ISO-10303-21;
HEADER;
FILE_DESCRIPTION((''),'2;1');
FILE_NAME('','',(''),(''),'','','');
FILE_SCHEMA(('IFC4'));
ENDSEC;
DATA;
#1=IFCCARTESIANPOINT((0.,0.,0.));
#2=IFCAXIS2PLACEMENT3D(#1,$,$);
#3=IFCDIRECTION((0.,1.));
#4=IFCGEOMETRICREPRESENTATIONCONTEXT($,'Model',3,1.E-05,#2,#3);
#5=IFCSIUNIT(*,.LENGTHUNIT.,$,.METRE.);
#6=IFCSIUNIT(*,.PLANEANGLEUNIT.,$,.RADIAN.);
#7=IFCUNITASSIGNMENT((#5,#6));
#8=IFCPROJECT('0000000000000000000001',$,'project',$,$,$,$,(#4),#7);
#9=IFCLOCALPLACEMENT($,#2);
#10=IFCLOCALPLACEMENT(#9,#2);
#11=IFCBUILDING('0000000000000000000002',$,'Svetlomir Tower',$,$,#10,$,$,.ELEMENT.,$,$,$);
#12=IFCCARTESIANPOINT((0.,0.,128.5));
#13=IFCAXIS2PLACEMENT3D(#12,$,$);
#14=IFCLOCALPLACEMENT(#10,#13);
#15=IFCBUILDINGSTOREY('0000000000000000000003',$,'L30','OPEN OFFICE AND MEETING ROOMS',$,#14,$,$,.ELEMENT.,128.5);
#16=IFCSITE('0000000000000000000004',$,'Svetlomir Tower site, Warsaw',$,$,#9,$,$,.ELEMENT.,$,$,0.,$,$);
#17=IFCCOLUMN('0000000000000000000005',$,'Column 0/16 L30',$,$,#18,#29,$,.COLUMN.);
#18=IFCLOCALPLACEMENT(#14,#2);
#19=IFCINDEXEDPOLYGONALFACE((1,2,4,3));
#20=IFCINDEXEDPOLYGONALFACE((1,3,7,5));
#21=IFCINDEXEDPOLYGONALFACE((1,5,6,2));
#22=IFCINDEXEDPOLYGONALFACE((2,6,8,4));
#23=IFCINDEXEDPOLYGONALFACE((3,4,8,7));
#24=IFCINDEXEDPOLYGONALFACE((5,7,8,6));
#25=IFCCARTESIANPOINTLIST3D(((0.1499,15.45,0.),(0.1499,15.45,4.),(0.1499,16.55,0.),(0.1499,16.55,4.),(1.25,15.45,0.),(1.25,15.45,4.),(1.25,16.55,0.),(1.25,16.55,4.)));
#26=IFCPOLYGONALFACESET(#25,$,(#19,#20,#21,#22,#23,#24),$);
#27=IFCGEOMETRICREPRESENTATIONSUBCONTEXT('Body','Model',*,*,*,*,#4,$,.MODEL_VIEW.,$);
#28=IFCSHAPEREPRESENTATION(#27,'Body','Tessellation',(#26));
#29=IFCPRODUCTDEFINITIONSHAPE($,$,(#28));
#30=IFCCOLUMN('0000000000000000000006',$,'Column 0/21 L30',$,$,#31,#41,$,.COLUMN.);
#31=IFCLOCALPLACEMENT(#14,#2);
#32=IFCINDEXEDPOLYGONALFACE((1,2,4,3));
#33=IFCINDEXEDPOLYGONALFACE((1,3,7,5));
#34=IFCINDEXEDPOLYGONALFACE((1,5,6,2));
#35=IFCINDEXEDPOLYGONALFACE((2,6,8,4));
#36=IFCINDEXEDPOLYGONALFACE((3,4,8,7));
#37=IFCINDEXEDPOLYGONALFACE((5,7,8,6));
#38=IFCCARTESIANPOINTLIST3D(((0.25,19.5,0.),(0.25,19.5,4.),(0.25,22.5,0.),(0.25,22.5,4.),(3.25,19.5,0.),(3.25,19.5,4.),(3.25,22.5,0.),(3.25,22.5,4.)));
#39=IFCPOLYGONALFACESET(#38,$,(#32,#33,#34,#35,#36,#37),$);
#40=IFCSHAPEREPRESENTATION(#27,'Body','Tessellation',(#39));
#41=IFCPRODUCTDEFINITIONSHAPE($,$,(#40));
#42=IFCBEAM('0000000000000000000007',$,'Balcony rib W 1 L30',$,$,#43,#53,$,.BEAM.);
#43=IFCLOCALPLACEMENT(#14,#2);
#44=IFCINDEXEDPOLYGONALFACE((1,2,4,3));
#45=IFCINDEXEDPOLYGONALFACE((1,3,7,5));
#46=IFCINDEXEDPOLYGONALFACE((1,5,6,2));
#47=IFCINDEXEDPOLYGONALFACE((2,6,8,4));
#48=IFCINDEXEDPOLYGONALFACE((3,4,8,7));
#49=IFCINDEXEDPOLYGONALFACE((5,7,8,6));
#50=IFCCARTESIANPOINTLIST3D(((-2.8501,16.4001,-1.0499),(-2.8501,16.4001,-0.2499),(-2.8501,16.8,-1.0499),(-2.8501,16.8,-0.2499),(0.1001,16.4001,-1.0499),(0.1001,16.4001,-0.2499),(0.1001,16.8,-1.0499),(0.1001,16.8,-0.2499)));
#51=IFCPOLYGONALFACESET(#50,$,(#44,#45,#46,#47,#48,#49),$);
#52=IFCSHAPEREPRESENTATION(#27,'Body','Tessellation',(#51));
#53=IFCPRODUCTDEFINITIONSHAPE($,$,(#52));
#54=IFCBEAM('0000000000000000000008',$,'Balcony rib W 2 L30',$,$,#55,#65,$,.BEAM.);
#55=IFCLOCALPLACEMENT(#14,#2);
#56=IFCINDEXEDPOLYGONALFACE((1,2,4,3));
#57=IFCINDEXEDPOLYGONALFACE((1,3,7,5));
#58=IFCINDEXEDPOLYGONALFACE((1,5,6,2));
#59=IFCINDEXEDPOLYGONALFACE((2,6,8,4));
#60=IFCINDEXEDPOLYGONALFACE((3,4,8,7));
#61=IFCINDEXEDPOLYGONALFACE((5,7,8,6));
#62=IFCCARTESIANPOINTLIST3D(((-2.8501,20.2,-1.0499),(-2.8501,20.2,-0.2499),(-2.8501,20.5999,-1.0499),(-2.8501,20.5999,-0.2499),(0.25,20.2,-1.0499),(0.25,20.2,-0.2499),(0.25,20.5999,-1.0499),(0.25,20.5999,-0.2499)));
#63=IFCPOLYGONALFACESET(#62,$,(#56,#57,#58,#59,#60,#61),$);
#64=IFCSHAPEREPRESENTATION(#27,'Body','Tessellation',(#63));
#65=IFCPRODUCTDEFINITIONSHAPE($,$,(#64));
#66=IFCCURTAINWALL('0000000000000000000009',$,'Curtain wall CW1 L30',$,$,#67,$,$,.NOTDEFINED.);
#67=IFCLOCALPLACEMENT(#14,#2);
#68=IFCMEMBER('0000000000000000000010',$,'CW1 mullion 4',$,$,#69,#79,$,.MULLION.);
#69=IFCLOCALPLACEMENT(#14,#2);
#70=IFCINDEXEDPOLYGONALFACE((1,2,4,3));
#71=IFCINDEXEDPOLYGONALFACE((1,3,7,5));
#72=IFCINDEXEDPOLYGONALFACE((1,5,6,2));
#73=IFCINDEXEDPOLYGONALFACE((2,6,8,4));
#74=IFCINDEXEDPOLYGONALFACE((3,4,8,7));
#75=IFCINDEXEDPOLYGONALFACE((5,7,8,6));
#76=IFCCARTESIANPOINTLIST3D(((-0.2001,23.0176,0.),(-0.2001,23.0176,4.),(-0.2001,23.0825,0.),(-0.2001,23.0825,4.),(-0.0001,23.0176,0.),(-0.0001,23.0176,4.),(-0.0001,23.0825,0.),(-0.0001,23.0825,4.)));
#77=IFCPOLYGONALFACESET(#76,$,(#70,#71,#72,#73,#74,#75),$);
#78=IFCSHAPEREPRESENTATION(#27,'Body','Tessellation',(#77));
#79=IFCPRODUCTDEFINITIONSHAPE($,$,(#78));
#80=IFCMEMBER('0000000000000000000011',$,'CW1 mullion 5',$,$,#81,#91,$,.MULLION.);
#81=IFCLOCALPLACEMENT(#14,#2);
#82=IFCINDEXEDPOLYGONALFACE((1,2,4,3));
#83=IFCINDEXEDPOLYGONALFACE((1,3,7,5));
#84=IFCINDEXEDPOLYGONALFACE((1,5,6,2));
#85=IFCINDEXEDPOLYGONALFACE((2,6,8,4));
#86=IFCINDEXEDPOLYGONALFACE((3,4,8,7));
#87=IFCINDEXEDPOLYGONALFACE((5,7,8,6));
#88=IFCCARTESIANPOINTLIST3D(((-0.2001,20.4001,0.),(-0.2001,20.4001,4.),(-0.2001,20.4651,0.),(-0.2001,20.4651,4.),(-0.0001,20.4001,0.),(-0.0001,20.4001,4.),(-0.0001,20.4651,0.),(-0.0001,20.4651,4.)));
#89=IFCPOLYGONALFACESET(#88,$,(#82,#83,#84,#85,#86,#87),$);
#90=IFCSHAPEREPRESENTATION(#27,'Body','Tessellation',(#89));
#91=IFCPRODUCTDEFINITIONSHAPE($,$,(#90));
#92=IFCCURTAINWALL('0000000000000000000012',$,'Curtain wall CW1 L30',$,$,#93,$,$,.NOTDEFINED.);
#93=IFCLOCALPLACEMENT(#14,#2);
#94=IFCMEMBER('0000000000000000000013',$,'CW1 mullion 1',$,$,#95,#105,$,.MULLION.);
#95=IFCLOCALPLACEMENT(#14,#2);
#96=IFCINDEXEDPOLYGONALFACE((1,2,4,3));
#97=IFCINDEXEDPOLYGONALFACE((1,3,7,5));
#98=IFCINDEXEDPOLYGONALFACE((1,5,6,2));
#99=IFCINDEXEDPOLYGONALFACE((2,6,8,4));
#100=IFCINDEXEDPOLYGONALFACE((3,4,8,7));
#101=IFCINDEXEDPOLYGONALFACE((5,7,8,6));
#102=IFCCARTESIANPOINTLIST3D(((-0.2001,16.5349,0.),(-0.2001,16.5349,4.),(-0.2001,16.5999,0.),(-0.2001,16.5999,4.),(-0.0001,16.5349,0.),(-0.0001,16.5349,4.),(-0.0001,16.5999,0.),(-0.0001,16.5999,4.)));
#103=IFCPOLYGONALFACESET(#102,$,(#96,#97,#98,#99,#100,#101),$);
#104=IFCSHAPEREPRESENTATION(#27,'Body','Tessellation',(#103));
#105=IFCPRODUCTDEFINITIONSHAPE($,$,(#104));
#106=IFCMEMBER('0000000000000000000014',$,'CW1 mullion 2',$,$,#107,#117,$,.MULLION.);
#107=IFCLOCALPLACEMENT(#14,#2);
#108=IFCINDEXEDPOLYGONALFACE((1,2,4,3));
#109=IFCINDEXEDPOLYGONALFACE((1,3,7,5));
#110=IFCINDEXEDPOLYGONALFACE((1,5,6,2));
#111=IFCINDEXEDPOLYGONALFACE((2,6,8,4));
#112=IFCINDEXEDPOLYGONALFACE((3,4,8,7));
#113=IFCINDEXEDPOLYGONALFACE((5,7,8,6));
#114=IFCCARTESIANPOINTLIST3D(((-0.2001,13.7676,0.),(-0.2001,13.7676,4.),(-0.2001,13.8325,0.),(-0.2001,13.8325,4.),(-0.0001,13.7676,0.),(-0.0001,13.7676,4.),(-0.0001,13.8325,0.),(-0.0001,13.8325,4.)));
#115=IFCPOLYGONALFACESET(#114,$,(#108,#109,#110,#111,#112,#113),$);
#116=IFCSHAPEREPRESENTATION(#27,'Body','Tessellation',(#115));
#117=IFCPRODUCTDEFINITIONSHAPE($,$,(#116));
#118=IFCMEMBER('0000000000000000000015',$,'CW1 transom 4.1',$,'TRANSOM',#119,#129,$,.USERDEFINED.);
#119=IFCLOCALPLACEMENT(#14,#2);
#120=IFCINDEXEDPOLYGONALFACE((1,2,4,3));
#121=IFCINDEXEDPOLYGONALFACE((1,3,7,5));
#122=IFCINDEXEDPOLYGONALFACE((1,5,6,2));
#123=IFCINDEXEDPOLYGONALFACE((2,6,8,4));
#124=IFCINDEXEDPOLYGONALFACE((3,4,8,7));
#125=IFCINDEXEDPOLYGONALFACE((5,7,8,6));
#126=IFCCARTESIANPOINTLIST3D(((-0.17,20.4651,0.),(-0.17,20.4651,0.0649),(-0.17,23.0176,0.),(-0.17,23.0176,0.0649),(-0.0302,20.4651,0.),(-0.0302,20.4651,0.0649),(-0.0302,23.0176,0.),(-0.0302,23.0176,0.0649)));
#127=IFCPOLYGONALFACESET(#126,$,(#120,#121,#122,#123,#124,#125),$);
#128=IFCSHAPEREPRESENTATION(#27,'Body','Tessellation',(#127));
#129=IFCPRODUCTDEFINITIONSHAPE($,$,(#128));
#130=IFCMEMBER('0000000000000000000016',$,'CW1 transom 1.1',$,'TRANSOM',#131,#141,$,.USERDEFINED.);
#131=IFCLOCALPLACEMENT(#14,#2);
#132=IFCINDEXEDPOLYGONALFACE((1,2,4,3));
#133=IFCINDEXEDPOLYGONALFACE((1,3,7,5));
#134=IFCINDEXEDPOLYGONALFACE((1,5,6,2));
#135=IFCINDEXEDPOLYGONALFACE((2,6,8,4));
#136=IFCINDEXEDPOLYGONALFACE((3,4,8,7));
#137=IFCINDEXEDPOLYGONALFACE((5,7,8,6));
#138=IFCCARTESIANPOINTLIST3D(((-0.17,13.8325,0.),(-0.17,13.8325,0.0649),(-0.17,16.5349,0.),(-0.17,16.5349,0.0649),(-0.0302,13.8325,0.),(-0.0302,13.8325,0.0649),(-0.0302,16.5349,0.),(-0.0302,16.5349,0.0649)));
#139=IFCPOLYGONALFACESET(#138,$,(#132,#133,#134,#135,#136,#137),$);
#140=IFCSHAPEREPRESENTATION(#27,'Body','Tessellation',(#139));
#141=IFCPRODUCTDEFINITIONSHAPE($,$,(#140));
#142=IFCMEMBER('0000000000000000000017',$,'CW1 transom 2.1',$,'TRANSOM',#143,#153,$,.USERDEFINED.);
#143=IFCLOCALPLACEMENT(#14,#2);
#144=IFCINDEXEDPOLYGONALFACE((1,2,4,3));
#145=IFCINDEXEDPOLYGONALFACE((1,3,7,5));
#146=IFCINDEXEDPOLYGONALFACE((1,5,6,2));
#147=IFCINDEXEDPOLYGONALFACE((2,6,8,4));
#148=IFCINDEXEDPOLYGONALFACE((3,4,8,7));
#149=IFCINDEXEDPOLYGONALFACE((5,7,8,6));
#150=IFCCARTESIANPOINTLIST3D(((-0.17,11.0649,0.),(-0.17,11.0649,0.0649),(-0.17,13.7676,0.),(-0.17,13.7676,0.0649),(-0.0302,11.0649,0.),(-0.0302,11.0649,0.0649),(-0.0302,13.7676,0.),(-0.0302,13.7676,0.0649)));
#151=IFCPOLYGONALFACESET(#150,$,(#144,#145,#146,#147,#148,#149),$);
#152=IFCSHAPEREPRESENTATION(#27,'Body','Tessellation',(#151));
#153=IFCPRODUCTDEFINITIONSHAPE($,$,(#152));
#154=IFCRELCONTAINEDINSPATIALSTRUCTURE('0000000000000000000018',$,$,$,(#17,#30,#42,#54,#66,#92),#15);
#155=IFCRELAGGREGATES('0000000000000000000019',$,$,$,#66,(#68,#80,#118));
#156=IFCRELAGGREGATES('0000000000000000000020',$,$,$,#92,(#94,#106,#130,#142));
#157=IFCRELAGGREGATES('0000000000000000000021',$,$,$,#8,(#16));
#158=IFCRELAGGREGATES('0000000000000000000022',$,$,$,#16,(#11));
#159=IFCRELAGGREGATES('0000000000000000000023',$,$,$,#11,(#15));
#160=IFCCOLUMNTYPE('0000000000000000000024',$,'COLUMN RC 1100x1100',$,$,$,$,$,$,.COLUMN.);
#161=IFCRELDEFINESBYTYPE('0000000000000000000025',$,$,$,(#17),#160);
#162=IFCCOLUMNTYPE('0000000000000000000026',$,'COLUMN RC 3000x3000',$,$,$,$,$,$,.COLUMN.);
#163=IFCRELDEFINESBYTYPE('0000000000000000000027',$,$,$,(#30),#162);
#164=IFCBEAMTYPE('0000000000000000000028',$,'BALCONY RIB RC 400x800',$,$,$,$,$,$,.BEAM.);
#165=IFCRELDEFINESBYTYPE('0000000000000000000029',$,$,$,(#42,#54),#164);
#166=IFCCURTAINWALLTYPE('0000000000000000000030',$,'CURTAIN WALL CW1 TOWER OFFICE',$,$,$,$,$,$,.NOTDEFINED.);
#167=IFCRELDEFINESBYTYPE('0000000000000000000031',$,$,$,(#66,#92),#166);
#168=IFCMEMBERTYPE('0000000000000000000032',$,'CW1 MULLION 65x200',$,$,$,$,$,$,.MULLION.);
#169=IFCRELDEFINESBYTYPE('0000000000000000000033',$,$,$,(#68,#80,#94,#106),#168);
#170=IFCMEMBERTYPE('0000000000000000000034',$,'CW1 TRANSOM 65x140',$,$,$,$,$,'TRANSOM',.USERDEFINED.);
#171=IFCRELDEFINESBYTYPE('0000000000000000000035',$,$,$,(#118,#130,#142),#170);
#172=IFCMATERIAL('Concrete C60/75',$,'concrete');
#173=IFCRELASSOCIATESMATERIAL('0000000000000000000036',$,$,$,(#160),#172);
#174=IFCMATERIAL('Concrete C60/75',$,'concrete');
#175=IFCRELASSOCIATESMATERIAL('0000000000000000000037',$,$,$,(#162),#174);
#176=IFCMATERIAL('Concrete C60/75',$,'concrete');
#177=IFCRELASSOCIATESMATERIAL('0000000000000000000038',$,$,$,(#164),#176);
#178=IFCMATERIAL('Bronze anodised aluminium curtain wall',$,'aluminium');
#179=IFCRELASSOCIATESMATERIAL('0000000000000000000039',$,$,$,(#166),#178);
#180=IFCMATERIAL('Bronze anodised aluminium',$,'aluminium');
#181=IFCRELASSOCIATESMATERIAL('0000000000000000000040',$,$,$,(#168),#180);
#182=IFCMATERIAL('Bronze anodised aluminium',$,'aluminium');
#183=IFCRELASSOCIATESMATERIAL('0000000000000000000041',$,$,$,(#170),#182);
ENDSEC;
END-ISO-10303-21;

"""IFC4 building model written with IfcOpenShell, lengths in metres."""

from ifc_helpers import new_model, si_unit, direction, frame, origin, origin_2d, place, context, subcontext, project, spatial, rectangle, extrude, material, material_profile, profile_set, type_object, element, aggregate, save


model = new_model("IFC4")

# Units and contexts
model_context = context("Model", 3, precision=1e-05, world=origin(), true_north=direction((0.0, 1.0)))
body_context = subcontext(model_context, "Body", "Model", "MODEL_VIEW")
ifc_project = project(units=[si_unit("LENGTHUNIT", "METRE"), si_unit("PLANEANGLEUNIT", "RADIAN")], contexts=[model_context])

# Site, building, storey
site_placement = place(None, origin())
site = spatial("IfcSite", under=ifc_project, at=site_placement, Name="Svetlomir Tower site, Warsaw", CompositionType="ELEMENT", RefElevation=0.0)
building_placement = place(site_placement, origin())
building = spatial("IfcBuilding", under=site, at=building_placement, Name="Svetlomir Tower", CompositionType="ELEMENT")
storey_placement = place(building_placement, frame((0.0, 0.0, 128.5)))
storey = spatial("IfcBuildingStorey", under=building, at=storey_placement, Name="L30", Description="OPEN OFFICE AND MEETING ROOMS", CompositionType="ELEMENT", Elevation=128.5)

# Columns
ifc_material_1 = material(Name="Concrete C60/75", Category="concrete")
ifc_material_profile_1 = material_profile(ifc_material_1, rectangle(XDim=1.1001, YDim=1.1001, at=origin_2d()), Name="RC 1100x1100")
ifc_profile_set_1 = profile_set([ifc_material_profile_1], Name="Concrete C60/75")
column_type_1 = type_object("IfcColumnType", Name="COLUMN RC 1100x1100", PredefinedType="COLUMN", material=ifc_profile_set_1)
column_1_placement = place(storey_placement, frame((0.7, 16.0, 0.0), z_axis=(0.0, 0.0, 1.0), x_axis=(1.0, 0.0, 0.0)))
element("IfcColumn", 1, at=column_1_placement, inside=storey, type_object=column_type_1, Name="Column 0/16 L30", PredefinedType="COLUMN", context=body_context, shape_type="SweptSolid", body=[
    extrude(rectangle(XDim=1.1001, YDim=1.1001, at=origin_2d()), origin(), (0.0, 0.0, 1.0), 4.0),
])
ifc_material_2 = material(Name="Concrete C60/75", Category="concrete")
ifc_material_profile_2 = material_profile(ifc_material_2, rectangle(XDim=3.0, YDim=3.0, at=origin_2d()), Name="RC 3000x3000")
ifc_profile_set_2 = profile_set([ifc_material_profile_2], Name="Concrete C60/75")
column_type_2 = type_object("IfcColumnType", Name="COLUMN RC 3000x3000", PredefinedType="COLUMN", material=ifc_profile_set_2)
column_2_placement = place(storey_placement, frame((1.75, 21.0, 0.0), z_axis=(0.0, 0.0, 1.0), x_axis=(1.0, 0.0, 0.0)))
element("IfcColumn", 2, at=column_2_placement, inside=storey, type_object=column_type_2, Name="Column 0/21 L30", PredefinedType="COLUMN", context=body_context, shape_type="SweptSolid", body=[
    extrude(rectangle(XDim=3.0, YDim=3.0, at=origin_2d()), origin(), (0.0, 0.0, 1.0), 4.0),
])

# Beams
ifc_material_3 = material(Name="Concrete C60/75", Category="concrete")
ifc_material_profile_3 = material_profile(ifc_material_3, rectangle(XDim=0.3999, YDim=0.8, at=origin_2d()), Name="RC 400x800")
ifc_profile_set_3 = profile_set([ifc_material_profile_3], Name="Concrete C60/75")
beam_type_1 = type_object("IfcBeamType", Name="BALCONY RIB RC 400x800", PredefinedType="BEAM", material=ifc_profile_set_3)
beam_1_placement = place(storey_placement, frame((0.1001, 16.6001, -0.6499), z_axis=(-1.0, 0.0, 0.0), x_axis=(0.0, -1.0, 0.0)))
element("IfcBeam", 3, at=beam_1_placement, inside=storey, type_object=beam_type_1, Name="Balcony rib W 1 L30", PredefinedType="BEAM", context=body_context, shape_type="SweptSolid", body=[
    extrude(rectangle(XDim=0.3999, YDim=0.8, at=origin_2d()), origin(), (0.0, 0.0, 1.0), 2.9502),
])
beam_2_placement = place(storey_placement, frame((0.25, 20.3999, -0.6499), z_axis=(-1.0, 0.0, 0.0), x_axis=(0.0, -1.0, 0.0)))
element("IfcBeam", 4, at=beam_2_placement, inside=storey, type_object=beam_type_1, Name="Balcony rib W 2 L30", PredefinedType="BEAM", context=body_context, shape_type="SweptSolid", body=[
    extrude(rectangle(XDim=0.3999, YDim=0.8, at=origin_2d()), origin(), (0.0, 0.0, 1.0), 3.1001),
])

# Curtain walls, members
ifc_material_4 = material(Name="Bronze anodised aluminium curtain wall", Category="aluminium")
curtain_wall_type = type_object("IfcCurtainWallType", Name="CURTAIN WALL CW1 TOWER OFFICE", PredefinedType="NOTDEFINED", material=ifc_material_4)
curtain_wall_1_placement = place(storey_placement, origin())
curtain_wall_1 = element("IfcCurtainWall", 5, at=curtain_wall_1_placement, inside=storey, type_object=curtain_wall_type, Name="Curtain wall CW1 L30", PredefinedType="NOTDEFINED")
ifc_material_5 = material(Name="Bronze anodised aluminium", Category="aluminium")
ifc_material_profile_4 = material_profile(ifc_material_5, rectangle(XDim=0.0649, YDim=0.2, at=origin_2d()), Name="AL 65x200")
ifc_profile_set_4 = profile_set([ifc_material_profile_4], Name="Bronze anodised aluminium 6063-T6")
member_type_1 = type_object("IfcMemberType", Name="CW1 MULLION 65x200", PredefinedType="MULLION", material=ifc_profile_set_4)
member_1_placement = place(storey_placement, frame((-0.1001, 23.05, 0.0), z_axis=(0.0, 0.0, 1.0), x_axis=(0.0, -1.0, 0.0)))
member_1 = element("IfcMember", 6, at=member_1_placement, type_object=member_type_1, Name="CW1 mullion 4", PredefinedType="MULLION", context=body_context, shape_type="SweptSolid", body=[
    extrude(rectangle(XDim=0.0649, YDim=0.2, at=origin_2d()), origin(), (0.0, 0.0, 1.0), 4.0),
])
member_2_placement = place(storey_placement, frame((-0.1001, 20.4326, 0.0), z_axis=(0.0, 0.0, 1.0), x_axis=(0.0, -1.0, 0.0)))
member_2 = element("IfcMember", 7, at=member_2_placement, type_object=member_type_1, Name="CW1 mullion 5", PredefinedType="MULLION", context=body_context, shape_type="SweptSolid", body=[
    extrude(rectangle(XDim=0.0649, YDim=0.2, at=origin_2d()), origin(), (0.0, 0.0, 1.0), 4.0),
])
curtain_wall_2_placement = place(storey_placement, origin())
curtain_wall_2 = element("IfcCurtainWall", 8, at=curtain_wall_2_placement, inside=storey, type_object=curtain_wall_type, Name="Curtain wall CW1 L30", PredefinedType="NOTDEFINED")
member_3_placement = place(storey_placement, frame((-0.1001, 16.5674, 0.0), z_axis=(0.0, 0.0, 1.0), x_axis=(0.0, -1.0, 0.0)))
member_3 = element("IfcMember", 9, at=member_3_placement, type_object=member_type_1, Name="CW1 mullion 1", PredefinedType="MULLION", context=body_context, shape_type="SweptSolid", body=[
    extrude(rectangle(XDim=0.0649, YDim=0.2, at=origin_2d()), origin(), (0.0, 0.0, 1.0), 4.0),
])
member_4_placement = place(storey_placement, frame((-0.1001, 13.8, 0.0), z_axis=(0.0, 0.0, 1.0), x_axis=(0.0, -1.0, 0.0)))
member_4 = element("IfcMember", 10, at=member_4_placement, type_object=member_type_1, Name="CW1 mullion 2", PredefinedType="MULLION", context=body_context, shape_type="SweptSolid", body=[
    extrude(rectangle(XDim=0.0649, YDim=0.2, at=origin_2d()), origin(), (0.0, 0.0, 1.0), 4.0),
])

# Members
ifc_material_6 = material(Name="Bronze anodised aluminium", Category="aluminium")
ifc_material_profile_5 = material_profile(ifc_material_6, rectangle(XDim=0.1399, YDim=0.0649, at=origin_2d()), Name="AL 140x65")
ifc_profile_set_5 = profile_set([ifc_material_profile_5], Name="Bronze anodised aluminium 6063-T6")
member_type_2 = type_object("IfcMemberType", Name="CW1 TRANSOM 65x140", ElementType="TRANSOM", PredefinedType="USERDEFINED", material=ifc_profile_set_5)
member_5_placement = place(storey_placement, frame((-0.1001, 23.0176, 0.0325), z_axis=(0.0, -1.0, 0.0), x_axis=(1.0, 0.0, 0.0)))
member_5 = element("IfcMember", 11, at=member_5_placement, type_object=member_type_2, Name="CW1 transom 4.1", ObjectType="TRANSOM", PredefinedType="USERDEFINED", context=body_context, shape_type="SweptSolid", body=[
    extrude(rectangle(XDim=0.1399, YDim=0.0649, at=origin_2d()), origin(), (0.0, 0.0, 1.0), 2.5525),
])
member_6_placement = place(storey_placement, frame((-0.1001, 16.5349, 0.0325), z_axis=(0.0, -1.0, 0.0), x_axis=(1.0, 0.0, 0.0)))
member_6 = element("IfcMember", 12, at=member_6_placement, type_object=member_type_2, Name="CW1 transom 1.1", ObjectType="TRANSOM", PredefinedType="USERDEFINED", context=body_context, shape_type="SweptSolid", body=[
    extrude(rectangle(XDim=0.1399, YDim=0.0649, at=origin_2d()), origin(), (0.0, 0.0, 1.0), 2.7024),
])
member_7_placement = place(storey_placement, frame((-0.1001, 13.7676, 0.0325), z_axis=(0.0, -1.0, 0.0), x_axis=(1.0, 0.0, 0.0)))
member_7 = element("IfcMember", 13, at=member_7_placement, type_object=member_type_2, Name="CW1 transom 2.1", ObjectType="TRANSOM", PredefinedType="USERDEFINED", context=body_context, shape_type="SweptSolid", body=[
    extrude(rectangle(XDim=0.1399, YDim=0.0649, at=origin_2d()), origin(), (0.0, 0.0, 1.0), 2.7026),
])

aggregate(curtain_wall_1, [member_1, member_2, member_5])
aggregate(curtain_wall_2, [member_3, member_4, member_6, member_7])

save(model, "model.ifc")
